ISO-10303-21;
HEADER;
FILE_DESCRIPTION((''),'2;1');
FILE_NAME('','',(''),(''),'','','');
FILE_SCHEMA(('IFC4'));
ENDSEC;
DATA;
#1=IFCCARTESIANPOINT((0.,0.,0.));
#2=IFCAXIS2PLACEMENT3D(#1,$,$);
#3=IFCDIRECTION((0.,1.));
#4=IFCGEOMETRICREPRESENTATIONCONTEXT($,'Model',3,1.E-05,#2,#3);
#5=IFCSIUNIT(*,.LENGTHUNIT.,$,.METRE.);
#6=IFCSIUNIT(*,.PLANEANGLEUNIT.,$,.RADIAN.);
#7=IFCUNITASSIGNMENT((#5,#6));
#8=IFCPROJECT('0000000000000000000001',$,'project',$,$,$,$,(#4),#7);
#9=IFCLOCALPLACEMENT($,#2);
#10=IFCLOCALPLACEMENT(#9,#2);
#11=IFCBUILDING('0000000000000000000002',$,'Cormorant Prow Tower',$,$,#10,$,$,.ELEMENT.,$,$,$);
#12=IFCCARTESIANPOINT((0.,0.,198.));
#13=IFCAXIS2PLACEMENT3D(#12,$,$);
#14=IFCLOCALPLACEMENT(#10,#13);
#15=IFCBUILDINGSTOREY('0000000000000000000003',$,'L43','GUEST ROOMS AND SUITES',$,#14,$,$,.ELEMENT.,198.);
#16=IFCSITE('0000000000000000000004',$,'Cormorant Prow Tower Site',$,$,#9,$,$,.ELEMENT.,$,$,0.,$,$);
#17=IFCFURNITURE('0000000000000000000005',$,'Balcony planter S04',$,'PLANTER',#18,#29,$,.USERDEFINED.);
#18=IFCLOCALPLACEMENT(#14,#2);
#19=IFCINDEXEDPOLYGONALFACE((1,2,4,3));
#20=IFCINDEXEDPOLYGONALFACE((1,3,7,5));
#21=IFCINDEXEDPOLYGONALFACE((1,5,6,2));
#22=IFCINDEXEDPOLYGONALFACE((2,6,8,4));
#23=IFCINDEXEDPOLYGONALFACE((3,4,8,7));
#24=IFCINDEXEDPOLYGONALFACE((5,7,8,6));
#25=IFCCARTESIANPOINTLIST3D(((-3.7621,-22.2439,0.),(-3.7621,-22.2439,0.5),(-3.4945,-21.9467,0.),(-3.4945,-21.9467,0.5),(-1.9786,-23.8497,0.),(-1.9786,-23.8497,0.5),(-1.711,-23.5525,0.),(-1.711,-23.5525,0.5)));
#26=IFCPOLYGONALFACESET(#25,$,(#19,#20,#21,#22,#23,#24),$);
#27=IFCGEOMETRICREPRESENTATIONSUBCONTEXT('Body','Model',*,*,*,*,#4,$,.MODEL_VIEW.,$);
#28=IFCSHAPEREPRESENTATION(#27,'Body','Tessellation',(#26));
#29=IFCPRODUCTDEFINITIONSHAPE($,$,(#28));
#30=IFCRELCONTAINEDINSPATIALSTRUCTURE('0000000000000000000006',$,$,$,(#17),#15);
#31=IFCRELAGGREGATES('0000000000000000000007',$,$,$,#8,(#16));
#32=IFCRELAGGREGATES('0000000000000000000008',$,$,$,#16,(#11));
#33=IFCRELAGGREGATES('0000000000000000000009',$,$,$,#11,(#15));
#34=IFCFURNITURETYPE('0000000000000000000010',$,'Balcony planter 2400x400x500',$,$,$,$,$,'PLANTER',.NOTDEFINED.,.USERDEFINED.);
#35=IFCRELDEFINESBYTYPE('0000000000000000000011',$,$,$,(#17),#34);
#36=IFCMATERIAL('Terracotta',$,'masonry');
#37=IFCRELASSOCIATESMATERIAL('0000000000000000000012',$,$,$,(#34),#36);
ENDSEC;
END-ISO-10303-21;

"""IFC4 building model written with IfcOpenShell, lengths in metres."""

from ifc_helpers import new_model, si_unit, direction, frame, origin, origin_2d, place, context, subcontext, project, spatial, rectangle, extrude, material, type_object, element, save


model = new_model("IFC4")

# Units and contexts
model_context = context("Model", 3, precision=1e-05, world=origin(), true_north=direction((0.0, 1.0)))
body_context = subcontext(model_context, "Body", "Model", "MODEL_VIEW")
ifc_project = project(units=[si_unit("LENGTHUNIT", "METRE"), si_unit("PLANEANGLEUNIT", "RADIAN")], contexts=[model_context])

# Site, building, storey
site_placement = place(None, origin())
site = spatial("IfcSite", under=ifc_project, at=site_placement, Name="Cormorant Prow Tower Site", CompositionType="ELEMENT", RefElevation=0.0)
building_placement = place(site_placement, origin())
building = spatial("IfcBuilding", under=site, at=building_placement, Name="Cormorant Prow Tower", CompositionType="ELEMENT")
storey_placement = place(building_placement, frame((0.0, 0.0, 198.0)))
storey = spatial("IfcBuildingStorey", under=building, at=storey_placement, Name="L43", Description="GUEST ROOMS AND SUITES", CompositionType="ELEMENT", Elevation=198.0)

# Furniture
ifc_material_1 = material(Name="Terracotta", Category="masonry")
furniture_type = type_object("IfcFurnitureType", Name="Balcony planter 2400x400x500", ElementType="PLANTER", AssemblyPlace="NOTDEFINED", PredefinedType="USERDEFINED", material=ifc_material_1)
furniture_placement = place(storey_placement, frame((-2.7366, -22.8982, 0.0), z_axis=(0.0, 0.0, 1.0), x_axis=(0.743145, -0.669131, 0.0)))
element("IfcFurniture", 1, at=furniture_placement, inside=storey, type_object=furniture_type, Name="Balcony planter S04", ObjectType="PLANTER", PredefinedType="USERDEFINED", context=body_context, shape_type="SweptSolid", body=[
    extrude(rectangle(XDim=2.3999, YDim=0.3999, at=origin_2d()), origin(), (0.0, 0.0, 1.0), 0.5),
])

save(model, "model.ifc")
